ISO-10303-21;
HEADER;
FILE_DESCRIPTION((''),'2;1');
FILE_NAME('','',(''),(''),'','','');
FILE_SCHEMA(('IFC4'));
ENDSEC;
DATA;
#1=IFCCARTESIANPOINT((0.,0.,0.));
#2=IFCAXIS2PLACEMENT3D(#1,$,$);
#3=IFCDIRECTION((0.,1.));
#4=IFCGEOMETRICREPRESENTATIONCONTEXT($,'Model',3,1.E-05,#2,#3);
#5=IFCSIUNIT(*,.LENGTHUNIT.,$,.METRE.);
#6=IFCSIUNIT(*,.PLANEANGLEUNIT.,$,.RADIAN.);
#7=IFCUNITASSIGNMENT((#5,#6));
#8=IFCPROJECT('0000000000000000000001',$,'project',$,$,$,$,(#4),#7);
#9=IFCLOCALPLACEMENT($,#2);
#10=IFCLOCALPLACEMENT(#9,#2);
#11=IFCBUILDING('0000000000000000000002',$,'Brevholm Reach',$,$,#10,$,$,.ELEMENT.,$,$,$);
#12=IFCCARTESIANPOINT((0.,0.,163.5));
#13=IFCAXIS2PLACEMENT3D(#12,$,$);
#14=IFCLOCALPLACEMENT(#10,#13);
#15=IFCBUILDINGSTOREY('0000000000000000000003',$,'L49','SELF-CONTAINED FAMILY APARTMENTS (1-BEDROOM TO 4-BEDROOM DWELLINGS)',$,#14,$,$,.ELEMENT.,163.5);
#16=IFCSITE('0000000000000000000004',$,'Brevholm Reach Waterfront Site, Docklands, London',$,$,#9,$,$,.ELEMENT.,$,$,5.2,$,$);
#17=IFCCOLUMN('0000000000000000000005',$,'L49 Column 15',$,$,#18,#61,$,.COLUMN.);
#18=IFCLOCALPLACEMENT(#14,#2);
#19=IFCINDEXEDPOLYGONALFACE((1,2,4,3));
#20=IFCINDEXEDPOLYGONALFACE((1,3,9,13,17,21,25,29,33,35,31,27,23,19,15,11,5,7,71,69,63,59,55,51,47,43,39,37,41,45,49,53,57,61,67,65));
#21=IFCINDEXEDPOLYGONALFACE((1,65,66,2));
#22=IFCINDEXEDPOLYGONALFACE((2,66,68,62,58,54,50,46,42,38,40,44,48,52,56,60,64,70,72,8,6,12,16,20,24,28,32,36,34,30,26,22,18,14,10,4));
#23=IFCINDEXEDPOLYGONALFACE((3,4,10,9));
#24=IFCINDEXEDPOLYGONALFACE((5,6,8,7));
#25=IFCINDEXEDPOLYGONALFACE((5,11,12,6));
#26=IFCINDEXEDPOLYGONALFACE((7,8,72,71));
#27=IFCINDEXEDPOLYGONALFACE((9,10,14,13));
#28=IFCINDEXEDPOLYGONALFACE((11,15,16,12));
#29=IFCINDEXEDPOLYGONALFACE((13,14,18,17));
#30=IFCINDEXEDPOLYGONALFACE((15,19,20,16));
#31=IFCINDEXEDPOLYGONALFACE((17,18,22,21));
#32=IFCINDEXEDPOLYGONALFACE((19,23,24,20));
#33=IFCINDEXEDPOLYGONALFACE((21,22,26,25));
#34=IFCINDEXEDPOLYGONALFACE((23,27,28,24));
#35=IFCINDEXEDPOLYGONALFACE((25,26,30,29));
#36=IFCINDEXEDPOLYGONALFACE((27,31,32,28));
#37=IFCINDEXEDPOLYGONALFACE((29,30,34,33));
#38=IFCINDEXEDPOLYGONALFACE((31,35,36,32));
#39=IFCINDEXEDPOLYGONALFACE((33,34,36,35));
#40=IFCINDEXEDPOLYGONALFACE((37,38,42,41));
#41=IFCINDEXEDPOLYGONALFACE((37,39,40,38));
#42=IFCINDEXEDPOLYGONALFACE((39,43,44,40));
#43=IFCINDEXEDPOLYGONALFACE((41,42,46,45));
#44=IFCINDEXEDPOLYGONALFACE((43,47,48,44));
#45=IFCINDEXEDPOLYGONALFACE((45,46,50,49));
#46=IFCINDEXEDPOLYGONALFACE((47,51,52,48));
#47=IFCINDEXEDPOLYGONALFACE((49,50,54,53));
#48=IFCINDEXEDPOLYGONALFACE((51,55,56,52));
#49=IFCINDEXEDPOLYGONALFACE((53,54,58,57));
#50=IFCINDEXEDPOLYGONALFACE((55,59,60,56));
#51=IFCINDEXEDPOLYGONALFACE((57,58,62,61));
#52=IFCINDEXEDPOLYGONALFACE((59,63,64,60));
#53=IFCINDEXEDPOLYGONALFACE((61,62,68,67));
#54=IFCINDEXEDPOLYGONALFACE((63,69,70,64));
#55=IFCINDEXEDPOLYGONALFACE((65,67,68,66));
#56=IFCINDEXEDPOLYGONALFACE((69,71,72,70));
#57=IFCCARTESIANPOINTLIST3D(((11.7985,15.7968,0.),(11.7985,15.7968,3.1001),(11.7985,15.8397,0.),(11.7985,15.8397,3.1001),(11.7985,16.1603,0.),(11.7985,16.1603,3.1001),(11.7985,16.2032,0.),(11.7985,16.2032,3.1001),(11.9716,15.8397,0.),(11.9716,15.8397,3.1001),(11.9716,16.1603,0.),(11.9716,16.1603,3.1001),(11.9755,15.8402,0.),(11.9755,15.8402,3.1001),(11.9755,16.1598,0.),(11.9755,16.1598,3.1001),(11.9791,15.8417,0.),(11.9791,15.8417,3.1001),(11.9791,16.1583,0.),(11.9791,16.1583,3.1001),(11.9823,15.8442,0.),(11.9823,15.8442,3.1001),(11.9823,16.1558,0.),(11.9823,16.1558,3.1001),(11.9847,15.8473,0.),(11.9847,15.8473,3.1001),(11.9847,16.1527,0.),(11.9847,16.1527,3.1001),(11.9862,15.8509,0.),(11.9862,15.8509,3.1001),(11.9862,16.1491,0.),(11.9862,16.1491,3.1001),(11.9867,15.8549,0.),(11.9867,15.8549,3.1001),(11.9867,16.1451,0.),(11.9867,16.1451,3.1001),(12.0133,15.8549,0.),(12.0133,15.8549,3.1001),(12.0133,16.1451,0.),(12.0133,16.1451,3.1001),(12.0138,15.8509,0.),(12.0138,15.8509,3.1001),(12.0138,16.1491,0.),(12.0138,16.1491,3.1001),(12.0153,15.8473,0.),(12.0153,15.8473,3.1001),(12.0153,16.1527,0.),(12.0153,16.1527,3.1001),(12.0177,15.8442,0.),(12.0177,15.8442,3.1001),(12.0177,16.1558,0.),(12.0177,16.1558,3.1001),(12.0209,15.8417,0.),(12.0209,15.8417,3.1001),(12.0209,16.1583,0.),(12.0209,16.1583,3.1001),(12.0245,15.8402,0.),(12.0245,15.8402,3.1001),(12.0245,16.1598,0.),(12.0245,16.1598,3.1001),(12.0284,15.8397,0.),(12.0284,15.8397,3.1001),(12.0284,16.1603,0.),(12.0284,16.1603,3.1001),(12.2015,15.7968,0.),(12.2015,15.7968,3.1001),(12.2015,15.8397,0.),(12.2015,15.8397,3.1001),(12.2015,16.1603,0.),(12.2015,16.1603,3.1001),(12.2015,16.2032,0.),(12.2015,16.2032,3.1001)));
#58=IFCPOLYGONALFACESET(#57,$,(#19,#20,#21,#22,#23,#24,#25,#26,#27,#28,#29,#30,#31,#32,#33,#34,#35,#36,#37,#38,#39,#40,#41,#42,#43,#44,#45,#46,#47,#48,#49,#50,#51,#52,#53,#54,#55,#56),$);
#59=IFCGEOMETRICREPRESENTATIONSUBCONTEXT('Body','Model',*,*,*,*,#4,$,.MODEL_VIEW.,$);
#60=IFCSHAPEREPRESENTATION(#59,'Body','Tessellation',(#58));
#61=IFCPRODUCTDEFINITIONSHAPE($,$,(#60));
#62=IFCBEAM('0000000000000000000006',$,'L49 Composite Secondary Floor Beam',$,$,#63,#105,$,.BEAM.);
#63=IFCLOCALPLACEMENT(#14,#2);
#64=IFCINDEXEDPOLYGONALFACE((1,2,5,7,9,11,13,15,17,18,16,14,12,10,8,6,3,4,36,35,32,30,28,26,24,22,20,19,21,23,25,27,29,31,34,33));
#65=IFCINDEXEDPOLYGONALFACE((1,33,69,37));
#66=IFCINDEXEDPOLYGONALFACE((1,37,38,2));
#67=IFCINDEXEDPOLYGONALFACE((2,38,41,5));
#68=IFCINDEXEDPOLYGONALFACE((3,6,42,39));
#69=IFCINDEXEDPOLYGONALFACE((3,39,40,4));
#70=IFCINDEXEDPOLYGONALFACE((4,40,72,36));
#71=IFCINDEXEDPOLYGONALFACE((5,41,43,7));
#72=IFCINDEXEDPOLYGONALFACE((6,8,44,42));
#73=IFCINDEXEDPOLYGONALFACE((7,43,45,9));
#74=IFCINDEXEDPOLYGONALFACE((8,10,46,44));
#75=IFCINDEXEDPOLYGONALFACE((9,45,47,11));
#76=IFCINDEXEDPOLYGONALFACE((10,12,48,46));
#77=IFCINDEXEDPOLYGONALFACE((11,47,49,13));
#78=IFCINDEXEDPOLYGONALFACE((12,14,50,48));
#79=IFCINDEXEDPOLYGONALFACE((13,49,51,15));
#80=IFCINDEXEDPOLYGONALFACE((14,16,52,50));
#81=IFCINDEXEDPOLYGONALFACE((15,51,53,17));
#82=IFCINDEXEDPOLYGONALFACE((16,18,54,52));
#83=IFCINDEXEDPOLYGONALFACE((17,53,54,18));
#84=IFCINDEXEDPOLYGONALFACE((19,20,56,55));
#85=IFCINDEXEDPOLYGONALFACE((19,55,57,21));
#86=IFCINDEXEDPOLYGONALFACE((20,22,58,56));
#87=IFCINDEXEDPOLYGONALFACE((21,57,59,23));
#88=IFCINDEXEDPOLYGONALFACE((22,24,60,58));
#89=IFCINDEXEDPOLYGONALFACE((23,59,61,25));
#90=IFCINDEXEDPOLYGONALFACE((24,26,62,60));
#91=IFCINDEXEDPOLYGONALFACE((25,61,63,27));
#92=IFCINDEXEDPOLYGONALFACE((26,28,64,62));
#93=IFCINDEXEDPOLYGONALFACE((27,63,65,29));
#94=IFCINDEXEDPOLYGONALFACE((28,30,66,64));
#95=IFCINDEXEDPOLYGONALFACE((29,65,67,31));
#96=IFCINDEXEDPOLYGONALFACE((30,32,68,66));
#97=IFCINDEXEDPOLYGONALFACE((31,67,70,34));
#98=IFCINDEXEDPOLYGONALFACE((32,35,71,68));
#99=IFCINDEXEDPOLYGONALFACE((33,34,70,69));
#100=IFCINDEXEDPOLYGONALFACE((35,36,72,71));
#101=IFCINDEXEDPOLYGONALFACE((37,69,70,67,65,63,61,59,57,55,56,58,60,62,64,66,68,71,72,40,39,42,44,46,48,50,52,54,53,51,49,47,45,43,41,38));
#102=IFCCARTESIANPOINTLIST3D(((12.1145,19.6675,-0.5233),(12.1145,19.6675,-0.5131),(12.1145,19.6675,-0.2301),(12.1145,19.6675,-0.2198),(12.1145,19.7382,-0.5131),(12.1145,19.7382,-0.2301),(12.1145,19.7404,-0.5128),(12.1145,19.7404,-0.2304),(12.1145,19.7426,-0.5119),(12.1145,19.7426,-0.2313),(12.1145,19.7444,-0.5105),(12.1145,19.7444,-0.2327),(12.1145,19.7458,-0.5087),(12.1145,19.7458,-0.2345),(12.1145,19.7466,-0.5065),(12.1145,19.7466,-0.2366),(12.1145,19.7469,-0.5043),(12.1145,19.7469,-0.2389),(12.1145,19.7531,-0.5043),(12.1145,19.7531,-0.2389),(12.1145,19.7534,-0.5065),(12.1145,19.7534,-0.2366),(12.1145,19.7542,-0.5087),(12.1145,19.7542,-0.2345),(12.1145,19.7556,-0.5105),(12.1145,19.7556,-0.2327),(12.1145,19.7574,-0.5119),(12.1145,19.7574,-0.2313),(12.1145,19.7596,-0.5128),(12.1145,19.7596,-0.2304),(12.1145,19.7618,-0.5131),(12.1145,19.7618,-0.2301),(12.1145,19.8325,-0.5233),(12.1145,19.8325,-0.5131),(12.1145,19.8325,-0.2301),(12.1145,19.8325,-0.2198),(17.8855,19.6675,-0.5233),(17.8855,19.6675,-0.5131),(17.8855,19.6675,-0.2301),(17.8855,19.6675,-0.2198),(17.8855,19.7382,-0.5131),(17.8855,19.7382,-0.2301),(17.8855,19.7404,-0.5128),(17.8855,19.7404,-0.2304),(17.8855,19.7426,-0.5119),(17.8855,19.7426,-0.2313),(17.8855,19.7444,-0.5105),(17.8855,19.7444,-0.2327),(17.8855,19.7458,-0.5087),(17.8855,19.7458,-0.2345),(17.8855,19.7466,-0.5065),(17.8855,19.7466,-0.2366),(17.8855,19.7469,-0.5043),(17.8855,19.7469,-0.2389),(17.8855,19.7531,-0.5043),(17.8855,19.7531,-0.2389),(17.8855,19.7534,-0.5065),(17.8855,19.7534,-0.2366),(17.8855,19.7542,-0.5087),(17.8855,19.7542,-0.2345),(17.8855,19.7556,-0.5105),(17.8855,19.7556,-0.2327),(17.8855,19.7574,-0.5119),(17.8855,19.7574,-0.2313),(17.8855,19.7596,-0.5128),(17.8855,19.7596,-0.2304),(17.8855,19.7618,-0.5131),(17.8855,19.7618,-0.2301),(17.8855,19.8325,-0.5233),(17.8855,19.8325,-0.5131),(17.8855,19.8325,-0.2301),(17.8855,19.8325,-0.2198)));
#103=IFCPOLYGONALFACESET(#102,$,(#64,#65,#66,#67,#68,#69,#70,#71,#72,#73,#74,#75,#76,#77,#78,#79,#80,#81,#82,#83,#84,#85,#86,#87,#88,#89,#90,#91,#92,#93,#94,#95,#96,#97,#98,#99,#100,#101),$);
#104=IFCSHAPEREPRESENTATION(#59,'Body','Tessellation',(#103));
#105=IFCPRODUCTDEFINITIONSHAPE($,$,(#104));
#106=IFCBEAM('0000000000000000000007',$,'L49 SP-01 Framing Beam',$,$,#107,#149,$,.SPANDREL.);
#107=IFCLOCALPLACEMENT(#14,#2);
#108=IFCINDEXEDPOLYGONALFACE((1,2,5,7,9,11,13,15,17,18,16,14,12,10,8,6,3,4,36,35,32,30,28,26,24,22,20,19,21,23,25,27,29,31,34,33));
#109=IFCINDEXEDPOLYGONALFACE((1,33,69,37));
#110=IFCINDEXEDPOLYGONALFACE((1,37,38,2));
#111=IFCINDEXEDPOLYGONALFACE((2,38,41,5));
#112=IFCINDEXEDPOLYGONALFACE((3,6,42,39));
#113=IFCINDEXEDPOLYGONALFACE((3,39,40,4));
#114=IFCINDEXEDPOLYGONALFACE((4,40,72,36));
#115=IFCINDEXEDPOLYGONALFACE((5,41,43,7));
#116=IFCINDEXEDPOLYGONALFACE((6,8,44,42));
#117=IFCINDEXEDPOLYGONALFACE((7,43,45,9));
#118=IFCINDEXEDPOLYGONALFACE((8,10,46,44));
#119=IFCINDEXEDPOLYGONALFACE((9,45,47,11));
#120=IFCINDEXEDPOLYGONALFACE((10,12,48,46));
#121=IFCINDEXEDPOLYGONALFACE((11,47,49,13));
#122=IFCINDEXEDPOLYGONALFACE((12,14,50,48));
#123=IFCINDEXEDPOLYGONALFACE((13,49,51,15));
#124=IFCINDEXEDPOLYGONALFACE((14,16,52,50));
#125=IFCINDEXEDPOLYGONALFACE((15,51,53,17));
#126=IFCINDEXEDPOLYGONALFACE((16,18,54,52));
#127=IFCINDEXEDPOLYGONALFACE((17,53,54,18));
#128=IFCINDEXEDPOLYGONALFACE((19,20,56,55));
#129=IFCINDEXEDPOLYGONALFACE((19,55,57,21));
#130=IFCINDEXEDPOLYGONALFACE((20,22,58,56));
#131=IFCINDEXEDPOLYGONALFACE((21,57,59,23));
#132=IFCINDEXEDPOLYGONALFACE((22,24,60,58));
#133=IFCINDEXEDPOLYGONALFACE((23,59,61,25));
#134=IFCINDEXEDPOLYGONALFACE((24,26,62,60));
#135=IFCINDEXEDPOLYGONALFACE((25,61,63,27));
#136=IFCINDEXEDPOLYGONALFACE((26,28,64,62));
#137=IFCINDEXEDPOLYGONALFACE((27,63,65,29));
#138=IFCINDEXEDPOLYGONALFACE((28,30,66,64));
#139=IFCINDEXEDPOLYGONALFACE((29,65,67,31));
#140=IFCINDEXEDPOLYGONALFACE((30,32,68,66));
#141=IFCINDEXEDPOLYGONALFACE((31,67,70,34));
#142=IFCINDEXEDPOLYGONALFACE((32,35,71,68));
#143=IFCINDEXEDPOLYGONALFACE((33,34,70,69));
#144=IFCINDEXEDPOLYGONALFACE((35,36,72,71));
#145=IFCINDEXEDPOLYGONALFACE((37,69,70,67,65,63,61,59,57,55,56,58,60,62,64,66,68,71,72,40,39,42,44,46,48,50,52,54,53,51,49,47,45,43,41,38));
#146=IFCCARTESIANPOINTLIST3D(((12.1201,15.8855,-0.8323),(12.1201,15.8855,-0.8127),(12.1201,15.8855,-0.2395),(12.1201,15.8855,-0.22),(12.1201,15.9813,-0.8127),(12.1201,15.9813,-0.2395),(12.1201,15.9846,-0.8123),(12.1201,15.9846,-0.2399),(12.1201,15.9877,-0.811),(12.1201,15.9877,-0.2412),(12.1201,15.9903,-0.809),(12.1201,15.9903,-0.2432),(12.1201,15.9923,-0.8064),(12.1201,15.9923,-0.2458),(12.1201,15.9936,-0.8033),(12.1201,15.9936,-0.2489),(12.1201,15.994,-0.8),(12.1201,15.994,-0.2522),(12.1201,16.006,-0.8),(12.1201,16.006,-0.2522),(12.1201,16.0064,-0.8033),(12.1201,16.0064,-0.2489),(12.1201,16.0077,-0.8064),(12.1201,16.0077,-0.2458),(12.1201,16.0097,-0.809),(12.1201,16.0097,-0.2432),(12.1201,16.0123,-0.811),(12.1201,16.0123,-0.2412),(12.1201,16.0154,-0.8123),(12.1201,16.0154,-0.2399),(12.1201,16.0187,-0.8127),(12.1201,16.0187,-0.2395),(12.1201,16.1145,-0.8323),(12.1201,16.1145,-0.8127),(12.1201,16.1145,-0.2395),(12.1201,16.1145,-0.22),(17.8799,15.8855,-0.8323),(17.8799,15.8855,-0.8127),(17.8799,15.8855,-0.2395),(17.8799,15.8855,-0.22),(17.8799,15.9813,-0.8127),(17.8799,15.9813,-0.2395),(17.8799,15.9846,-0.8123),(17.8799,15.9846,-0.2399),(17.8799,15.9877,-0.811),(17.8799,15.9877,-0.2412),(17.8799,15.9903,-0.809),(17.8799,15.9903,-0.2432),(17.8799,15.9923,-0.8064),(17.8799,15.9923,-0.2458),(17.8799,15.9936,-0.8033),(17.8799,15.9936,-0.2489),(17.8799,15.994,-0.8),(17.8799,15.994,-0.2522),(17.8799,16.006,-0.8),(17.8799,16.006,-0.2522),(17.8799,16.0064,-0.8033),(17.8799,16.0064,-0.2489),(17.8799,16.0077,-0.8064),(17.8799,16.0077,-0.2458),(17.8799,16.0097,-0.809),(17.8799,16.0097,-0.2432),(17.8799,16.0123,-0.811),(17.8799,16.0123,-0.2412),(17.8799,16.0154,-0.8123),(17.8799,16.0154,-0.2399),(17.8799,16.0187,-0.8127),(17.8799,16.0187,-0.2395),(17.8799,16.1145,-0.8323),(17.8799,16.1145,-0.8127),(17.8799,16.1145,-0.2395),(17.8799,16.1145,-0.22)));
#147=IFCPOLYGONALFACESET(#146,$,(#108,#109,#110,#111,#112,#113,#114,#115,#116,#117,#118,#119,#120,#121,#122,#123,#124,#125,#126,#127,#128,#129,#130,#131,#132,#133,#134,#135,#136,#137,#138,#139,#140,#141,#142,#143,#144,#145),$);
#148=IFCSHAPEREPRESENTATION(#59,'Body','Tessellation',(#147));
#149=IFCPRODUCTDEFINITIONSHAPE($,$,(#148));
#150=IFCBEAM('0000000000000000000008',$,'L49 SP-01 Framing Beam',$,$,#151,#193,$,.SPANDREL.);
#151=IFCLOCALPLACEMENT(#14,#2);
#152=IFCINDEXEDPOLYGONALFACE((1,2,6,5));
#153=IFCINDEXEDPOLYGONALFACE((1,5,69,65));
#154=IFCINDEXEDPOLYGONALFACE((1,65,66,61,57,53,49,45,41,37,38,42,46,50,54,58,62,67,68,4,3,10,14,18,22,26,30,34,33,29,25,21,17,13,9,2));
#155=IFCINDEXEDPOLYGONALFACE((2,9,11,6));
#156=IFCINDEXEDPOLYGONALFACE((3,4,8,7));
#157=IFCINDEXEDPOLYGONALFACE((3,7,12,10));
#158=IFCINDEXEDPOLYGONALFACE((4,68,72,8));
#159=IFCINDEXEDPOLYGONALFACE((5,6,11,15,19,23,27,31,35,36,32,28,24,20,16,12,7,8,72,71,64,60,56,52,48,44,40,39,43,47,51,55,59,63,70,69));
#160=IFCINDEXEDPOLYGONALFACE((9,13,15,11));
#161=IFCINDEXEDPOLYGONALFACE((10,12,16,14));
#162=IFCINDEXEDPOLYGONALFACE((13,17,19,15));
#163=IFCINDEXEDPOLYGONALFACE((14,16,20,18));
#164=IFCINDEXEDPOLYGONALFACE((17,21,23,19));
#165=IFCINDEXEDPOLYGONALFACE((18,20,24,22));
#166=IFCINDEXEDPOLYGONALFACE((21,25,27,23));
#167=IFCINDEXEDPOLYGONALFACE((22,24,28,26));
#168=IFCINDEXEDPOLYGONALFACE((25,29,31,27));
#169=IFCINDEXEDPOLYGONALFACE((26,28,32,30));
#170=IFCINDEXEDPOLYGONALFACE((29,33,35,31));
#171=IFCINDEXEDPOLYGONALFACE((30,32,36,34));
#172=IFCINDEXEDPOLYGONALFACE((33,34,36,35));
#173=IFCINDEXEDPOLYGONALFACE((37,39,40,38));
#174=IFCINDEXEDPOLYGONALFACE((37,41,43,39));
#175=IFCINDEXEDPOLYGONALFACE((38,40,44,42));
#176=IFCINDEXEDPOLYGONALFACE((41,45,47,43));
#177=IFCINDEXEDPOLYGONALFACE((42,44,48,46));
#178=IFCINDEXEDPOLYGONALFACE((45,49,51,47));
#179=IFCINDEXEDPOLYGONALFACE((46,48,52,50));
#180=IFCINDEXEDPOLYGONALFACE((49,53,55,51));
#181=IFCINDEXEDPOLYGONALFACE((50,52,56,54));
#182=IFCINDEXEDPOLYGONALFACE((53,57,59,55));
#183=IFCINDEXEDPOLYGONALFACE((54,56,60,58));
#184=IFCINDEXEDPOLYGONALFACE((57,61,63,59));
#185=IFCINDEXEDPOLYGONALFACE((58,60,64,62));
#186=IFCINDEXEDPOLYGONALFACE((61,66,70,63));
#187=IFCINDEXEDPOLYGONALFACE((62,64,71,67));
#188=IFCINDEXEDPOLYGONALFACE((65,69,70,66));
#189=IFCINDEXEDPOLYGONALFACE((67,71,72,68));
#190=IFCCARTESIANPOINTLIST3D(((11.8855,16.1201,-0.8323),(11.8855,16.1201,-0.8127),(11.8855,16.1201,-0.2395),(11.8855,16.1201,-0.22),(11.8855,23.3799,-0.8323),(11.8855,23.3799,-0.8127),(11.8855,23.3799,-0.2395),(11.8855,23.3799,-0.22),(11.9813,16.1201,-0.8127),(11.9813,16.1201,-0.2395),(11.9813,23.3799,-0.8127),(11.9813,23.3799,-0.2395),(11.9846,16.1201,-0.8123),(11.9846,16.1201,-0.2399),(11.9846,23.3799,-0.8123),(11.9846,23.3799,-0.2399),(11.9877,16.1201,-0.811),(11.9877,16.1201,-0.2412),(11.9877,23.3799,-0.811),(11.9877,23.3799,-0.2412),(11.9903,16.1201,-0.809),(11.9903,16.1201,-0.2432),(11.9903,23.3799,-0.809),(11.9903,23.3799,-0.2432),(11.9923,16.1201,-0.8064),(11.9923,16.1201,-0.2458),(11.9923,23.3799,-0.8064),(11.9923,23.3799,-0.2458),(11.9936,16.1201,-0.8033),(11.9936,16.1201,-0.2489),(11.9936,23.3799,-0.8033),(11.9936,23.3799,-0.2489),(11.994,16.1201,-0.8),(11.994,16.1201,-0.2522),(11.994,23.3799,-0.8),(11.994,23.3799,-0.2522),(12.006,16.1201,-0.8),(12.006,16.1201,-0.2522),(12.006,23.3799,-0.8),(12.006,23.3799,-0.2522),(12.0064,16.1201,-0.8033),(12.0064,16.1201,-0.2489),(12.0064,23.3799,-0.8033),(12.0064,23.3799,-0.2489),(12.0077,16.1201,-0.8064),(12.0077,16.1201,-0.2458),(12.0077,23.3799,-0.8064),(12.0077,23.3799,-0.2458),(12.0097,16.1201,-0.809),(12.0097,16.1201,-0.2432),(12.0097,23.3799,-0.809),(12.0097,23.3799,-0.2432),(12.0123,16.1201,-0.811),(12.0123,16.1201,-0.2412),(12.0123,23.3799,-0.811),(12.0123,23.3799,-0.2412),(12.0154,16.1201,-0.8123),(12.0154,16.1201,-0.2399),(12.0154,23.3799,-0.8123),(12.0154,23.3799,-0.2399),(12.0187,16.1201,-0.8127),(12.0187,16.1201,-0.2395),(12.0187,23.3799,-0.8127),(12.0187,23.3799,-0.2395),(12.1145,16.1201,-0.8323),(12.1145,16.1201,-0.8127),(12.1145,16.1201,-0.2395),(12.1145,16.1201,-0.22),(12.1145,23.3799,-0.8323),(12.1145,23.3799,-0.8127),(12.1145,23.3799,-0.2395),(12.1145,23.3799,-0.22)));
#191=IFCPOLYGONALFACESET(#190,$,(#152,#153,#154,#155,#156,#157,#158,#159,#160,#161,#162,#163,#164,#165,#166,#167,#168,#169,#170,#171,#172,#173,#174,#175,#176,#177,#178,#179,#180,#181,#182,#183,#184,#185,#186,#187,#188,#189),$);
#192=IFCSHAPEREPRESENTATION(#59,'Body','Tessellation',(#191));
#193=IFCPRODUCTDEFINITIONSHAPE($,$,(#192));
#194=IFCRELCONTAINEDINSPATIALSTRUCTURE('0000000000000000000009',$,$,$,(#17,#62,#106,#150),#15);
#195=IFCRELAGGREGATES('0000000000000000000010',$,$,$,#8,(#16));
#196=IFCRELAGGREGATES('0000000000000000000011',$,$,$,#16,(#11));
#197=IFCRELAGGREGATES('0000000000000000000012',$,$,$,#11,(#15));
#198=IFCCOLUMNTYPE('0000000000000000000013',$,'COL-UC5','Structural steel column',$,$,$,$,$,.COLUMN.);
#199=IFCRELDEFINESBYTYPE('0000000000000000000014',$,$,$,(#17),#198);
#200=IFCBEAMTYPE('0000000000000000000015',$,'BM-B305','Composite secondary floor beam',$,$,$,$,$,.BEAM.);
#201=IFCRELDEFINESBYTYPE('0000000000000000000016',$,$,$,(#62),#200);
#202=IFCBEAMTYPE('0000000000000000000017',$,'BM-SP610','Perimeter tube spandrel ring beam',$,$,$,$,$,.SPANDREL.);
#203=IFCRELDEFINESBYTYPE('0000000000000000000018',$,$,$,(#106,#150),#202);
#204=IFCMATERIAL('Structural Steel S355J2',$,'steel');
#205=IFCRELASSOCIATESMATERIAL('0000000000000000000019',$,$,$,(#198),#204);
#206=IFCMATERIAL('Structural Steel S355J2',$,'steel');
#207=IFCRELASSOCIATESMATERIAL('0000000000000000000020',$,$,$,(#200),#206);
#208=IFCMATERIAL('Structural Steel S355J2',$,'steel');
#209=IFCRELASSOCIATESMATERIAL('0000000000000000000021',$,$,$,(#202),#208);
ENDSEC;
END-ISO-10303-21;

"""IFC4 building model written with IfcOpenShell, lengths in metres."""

from ifc_helpers import new_model, si_unit, direction, frame, origin, origin_2d, place, context, subcontext, project, spatial, i_section, extrude, material, material_profile, profile_set, type_object, element, save


model = new_model("IFC4")

# Units and contexts
model_context = context("Model", 3, precision=1e-05, world=origin(), true_north=direction((0.0, 1.0)))
body_context = subcontext(model_context, "Body", "Model", "MODEL_VIEW")
ifc_project = project(units=[si_unit("LENGTHUNIT", "METRE"), si_unit("PLANEANGLEUNIT", "RADIAN")], contexts=[model_context])

# Site, building, storey
site_placement = place(None, origin())
site = spatial("IfcSite", under=ifc_project, at=site_placement, Name="Brevholm Reach Waterfront Site, Docklands, London", CompositionType="ELEMENT", RefElevation=5.2)
building_placement = place(site_placement, origin())
building = spatial("IfcBuilding", under=site, at=building_placement, Name="Brevholm Reach", CompositionType="ELEMENT")
storey_placement = place(building_placement, frame((0.0, 0.0, 163.5)))
storey = spatial("IfcBuildingStorey", under=building, at=storey_placement, Name="L49", Description="SELF-CONTAINED FAMILY APARTMENTS (1-BEDROOM TO 4-BEDROOM DWELLINGS)", CompositionType="ELEMENT", Elevation=163.5)

# Column
ifc_material_1 = material(Name="Structural Steel S355J2", Category="steel")
ifc_material_profile_1 = material_profile(ifc_material_1, i_section(OverallWidth=0.4031, OverallDepth=0.4065, WebThickness=0.0266, FlangeThickness=0.043, FilletRadius=0.0151, at=origin_2d()), Name="UKC 356x406x340")
ifc_profile_set_1 = profile_set([ifc_material_profile_1], Name="Structural Steel S355J2")
column_type = type_object("IfcColumnType", Name="COL-UC5", Description="Structural steel column", PredefinedType="COLUMN", material=ifc_profile_set_1)
column_placement = place(storey_placement, frame((12.0, 16.0, 0.0), z_axis=(0.0, 0.0, 1.0), x_axis=(1.0, 0.0, 0.0)))
element("IfcColumn", 1, at=column_placement, inside=storey, type_object=column_type, Name="L49 Column 15", PredefinedType="COLUMN", context=body_context, shape_type="SweptSolid", body=[
    extrude(i_section(OverallWidth=0.4031, OverallDepth=0.4065, WebThickness=0.0266, FlangeThickness=0.043, FilletRadius=0.0151, at=origin_2d()), origin(), (0.0, 0.0, 1.0), 3.1001),
])

# Beams
ifc_material_2 = material(Name="Structural Steel S355J2", Category="steel")
ifc_material_profile_2 = material_profile(ifc_material_2, i_section(OverallWidth=0.165, OverallDepth=0.3035, WebThickness=0.0061, FlangeThickness=0.0103, FilletRadius=0.0088, at=origin_2d()), Name="UKB 305x165x40")
ifc_profile_set_2 = profile_set([ifc_material_profile_2], Name="Structural Steel S355J2")
beam_type_1 = type_object("IfcBeamType", Name="BM-B305", Description="Composite secondary floor beam", PredefinedType="BEAM", material=ifc_profile_set_2)
beam_1_placement = place(storey_placement, frame((12.1145, 19.75, -0.3716), z_axis=(1.0, 0.0, 0.0), x_axis=(0.0, 1.0, 0.0)))
element("IfcBeam", 2, at=beam_1_placement, inside=storey, type_object=beam_type_1, Name="L49 Composite Secondary Floor Beam", PredefinedType="BEAM", context=body_context, shape_type="SweptSolid", body=[
    extrude(i_section(OverallWidth=0.165, OverallDepth=0.3035, WebThickness=0.0061, FlangeThickness=0.0103, FilletRadius=0.0088, at=origin_2d()), origin(), (0.0, 0.0, 1.0), 5.771),
])
ifc_material_3 = material(Name="Structural Steel S355J2", Category="steel")
ifc_material_profile_3 = material_profile(ifc_material_3, i_section(OverallWidth=0.229, OverallDepth=0.6123, WebThickness=0.012, FlangeThickness=0.0195, FilletRadius=0.0127, at=origin_2d()), Name="UKB 610x229x125")
ifc_profile_set_3 = profile_set([ifc_material_profile_3], Name="Structural Steel S355J2")
beam_type_2 = type_object("IfcBeamType", Name="BM-SP610", Description="Perimeter tube spandrel ring beam", PredefinedType="SPANDREL", material=ifc_profile_set_3)
beam_2_placement = place(storey_placement, frame((12.1201, 16.0, -0.5261), z_axis=(1.0, 0.0, 0.0), x_axis=(0.0, 1.0, 0.0)))
element("IfcBeam", 3, at=beam_2_placement, inside=storey, type_object=beam_type_2, Name="L49 SP-01 Framing Beam", PredefinedType="SPANDREL", context=body_context, shape_type="SweptSolid", body=[
    extrude(i_section(OverallWidth=0.229, OverallDepth=0.6123, WebThickness=0.012, FlangeThickness=0.0195, FilletRadius=0.0127, at=origin_2d()), origin(), (0.0, 0.0, 1.0), 5.7598),
])
beam_3_placement = place(storey_placement, frame((12.0, 16.1201, -0.5261), z_axis=(0.0, 1.0, 0.0), x_axis=(-1.0, 0.0, 0.0)))
element("IfcBeam", 4, at=beam_3_placement, inside=storey, type_object=beam_type_2, Name="L49 SP-01 Framing Beam", PredefinedType="SPANDREL", context=body_context, shape_type="SweptSolid", body=[
    extrude(i_section(OverallWidth=0.229, OverallDepth=0.6123, WebThickness=0.012, FlangeThickness=0.0195, FilletRadius=0.0127, at=origin_2d()), origin(), (0.0, 0.0, 1.0), 7.2598),
])

save(model, "model.ifc")
